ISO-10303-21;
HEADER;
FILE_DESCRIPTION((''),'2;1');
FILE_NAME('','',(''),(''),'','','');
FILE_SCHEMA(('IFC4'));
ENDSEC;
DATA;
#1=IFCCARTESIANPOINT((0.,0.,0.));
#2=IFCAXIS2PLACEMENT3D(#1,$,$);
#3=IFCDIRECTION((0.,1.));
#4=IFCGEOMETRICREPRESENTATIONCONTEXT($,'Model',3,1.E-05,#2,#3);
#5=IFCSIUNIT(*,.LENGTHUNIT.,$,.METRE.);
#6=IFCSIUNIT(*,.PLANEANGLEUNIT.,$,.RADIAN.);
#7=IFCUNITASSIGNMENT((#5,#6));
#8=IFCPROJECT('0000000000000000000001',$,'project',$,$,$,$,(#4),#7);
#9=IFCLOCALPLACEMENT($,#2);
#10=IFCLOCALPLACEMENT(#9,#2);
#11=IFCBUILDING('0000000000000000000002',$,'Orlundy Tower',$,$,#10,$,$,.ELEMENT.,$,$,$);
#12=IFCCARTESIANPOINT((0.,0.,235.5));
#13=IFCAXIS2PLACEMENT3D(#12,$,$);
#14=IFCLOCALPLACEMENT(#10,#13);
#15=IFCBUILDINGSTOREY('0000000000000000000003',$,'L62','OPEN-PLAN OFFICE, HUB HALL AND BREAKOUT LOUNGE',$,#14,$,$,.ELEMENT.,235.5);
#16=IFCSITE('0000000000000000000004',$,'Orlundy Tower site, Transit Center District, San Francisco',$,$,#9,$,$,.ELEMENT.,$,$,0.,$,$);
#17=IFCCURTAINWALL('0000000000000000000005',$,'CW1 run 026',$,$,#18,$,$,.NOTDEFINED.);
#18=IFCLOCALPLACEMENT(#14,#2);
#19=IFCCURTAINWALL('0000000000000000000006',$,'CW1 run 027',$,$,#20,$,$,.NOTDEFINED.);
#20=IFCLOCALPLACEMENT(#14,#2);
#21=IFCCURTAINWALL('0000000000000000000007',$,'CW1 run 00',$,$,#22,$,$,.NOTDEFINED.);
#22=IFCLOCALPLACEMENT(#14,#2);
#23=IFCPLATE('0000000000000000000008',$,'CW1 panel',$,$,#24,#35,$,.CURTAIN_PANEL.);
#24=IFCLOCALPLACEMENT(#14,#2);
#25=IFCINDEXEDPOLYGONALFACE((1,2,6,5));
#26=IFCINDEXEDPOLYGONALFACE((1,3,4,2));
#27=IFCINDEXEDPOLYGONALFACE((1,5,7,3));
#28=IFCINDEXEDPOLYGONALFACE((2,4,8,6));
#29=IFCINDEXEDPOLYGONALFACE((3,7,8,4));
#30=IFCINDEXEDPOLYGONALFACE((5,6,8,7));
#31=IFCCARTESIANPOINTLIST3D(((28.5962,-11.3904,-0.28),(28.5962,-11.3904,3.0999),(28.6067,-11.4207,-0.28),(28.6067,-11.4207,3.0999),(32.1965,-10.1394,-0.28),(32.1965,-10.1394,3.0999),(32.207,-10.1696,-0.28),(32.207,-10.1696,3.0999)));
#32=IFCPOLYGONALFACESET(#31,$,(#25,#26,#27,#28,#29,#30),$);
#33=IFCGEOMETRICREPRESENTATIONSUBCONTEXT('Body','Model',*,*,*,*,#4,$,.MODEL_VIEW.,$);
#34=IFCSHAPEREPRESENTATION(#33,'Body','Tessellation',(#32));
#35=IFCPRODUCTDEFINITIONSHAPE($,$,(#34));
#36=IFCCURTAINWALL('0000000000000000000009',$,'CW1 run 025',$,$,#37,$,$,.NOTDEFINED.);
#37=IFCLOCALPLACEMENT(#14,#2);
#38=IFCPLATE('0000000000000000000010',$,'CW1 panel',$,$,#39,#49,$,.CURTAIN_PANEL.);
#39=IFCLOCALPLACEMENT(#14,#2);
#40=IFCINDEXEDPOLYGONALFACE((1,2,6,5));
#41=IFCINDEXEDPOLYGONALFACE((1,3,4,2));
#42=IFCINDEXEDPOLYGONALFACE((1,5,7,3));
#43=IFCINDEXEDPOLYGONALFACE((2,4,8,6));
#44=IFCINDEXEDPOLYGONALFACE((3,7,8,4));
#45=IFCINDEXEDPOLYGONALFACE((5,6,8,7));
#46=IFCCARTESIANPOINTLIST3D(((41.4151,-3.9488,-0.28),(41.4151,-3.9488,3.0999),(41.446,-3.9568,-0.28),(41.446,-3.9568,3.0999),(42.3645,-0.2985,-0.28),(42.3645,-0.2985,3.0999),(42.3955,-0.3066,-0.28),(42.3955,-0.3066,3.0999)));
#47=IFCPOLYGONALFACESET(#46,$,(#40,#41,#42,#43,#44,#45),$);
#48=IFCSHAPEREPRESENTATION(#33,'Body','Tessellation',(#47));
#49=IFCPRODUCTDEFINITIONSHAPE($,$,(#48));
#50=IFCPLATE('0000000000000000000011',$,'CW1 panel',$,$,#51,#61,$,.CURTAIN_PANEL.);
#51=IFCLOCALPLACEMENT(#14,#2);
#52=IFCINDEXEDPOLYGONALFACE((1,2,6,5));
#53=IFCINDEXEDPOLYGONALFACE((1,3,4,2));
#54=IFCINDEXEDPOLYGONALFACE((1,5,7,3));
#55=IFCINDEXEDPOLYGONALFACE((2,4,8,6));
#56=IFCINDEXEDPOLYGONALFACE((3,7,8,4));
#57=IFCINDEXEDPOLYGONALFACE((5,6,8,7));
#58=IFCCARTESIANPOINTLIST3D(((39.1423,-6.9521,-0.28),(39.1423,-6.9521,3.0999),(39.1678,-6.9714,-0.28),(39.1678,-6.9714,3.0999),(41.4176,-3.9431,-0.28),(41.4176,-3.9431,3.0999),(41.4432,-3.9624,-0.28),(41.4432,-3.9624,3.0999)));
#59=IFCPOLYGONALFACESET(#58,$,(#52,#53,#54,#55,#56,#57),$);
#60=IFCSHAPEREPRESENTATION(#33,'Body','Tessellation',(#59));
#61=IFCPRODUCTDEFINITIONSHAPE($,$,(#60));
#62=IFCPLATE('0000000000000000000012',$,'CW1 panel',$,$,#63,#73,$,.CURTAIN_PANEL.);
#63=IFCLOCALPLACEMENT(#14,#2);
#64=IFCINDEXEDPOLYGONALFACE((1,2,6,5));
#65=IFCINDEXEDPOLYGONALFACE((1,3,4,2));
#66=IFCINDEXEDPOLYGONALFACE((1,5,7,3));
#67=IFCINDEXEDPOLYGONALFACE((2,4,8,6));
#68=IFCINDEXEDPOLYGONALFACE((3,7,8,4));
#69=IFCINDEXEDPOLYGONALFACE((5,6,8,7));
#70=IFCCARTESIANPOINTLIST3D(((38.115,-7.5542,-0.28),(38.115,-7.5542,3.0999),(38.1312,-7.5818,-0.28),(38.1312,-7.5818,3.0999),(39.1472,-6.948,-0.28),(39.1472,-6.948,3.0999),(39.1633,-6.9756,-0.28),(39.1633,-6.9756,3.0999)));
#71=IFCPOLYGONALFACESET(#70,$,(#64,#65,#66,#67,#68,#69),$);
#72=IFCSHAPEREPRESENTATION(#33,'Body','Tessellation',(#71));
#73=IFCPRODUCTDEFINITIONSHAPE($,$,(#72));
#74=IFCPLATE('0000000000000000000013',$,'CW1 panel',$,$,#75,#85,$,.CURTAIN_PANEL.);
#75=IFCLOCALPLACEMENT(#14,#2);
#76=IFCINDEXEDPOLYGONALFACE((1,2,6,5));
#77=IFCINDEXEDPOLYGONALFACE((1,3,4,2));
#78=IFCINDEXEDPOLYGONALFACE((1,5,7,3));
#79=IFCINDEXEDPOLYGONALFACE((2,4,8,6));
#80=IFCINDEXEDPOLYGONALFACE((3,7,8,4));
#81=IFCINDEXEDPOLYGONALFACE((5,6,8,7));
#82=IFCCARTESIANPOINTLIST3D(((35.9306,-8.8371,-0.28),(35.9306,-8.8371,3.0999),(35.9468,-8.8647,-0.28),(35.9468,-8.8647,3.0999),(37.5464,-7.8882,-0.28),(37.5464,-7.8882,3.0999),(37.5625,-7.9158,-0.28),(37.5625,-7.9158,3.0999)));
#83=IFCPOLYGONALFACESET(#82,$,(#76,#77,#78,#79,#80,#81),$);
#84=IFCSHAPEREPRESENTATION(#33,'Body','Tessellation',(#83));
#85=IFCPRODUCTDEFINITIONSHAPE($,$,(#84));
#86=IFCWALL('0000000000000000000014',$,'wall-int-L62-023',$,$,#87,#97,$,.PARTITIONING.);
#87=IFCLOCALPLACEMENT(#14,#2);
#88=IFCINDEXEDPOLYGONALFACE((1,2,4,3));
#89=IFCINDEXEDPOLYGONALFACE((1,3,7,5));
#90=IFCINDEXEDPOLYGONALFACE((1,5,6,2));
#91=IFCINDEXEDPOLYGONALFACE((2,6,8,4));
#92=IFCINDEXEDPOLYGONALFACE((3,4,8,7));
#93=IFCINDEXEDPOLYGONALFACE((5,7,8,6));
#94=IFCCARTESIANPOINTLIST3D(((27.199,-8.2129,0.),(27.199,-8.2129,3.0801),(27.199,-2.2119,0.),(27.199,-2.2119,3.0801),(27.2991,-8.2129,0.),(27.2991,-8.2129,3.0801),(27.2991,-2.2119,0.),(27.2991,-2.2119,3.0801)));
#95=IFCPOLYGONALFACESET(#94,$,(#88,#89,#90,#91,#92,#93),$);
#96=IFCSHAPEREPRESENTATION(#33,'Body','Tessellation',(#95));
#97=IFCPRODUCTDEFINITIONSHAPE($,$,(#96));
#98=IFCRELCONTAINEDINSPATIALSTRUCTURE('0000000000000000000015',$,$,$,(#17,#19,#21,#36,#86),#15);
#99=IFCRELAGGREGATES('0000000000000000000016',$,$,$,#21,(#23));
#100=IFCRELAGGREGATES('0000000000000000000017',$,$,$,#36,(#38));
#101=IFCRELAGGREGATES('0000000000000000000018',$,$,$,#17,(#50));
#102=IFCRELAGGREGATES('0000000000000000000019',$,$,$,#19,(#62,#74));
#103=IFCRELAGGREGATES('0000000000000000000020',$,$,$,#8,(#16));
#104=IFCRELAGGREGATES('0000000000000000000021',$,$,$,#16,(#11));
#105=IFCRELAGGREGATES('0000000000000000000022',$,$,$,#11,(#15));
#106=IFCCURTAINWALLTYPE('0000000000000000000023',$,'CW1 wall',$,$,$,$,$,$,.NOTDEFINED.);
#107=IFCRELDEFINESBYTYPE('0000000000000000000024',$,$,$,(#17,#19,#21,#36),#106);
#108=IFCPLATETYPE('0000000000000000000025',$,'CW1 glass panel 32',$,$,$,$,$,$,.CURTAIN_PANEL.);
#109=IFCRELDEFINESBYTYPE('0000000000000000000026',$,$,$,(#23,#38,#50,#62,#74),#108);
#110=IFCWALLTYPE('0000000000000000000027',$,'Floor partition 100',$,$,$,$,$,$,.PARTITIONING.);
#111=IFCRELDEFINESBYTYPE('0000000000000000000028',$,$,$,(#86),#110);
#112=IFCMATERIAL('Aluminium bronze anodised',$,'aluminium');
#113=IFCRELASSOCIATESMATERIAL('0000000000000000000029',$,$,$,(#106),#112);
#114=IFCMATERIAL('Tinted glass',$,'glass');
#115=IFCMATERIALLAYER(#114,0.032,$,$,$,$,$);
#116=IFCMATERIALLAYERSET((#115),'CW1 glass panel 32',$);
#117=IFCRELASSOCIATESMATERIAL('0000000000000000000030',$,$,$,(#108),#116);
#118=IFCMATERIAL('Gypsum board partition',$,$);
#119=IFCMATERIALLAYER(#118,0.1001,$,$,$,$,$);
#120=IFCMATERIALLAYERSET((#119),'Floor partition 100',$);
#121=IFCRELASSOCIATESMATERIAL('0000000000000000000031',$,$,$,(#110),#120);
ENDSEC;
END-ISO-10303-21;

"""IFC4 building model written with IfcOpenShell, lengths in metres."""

from ifc_helpers import new_model, si_unit, direction, frame, frame_2d, origin, origin_2d, place, context, subcontext, project, spatial, rectangle, extrude, material, layer, layer_set, type_object, element, aggregate, save


model = new_model("IFC4")

# Units and contexts
model_context = context("Model", 3, precision=1e-05, world=origin(), true_north=direction((0.0, 1.0)))
body_context = subcontext(model_context, "Body", "Model", "MODEL_VIEW")
ifc_project = project(units=[si_unit("LENGTHUNIT", "METRE"), si_unit("PLANEANGLEUNIT", "RADIAN")], contexts=[model_context])

# Site, building, storey
site_placement = place(None, origin())
site = spatial("IfcSite", under=ifc_project, at=site_placement, Name="Orlundy Tower site, Transit Center District, San Francisco", CompositionType="ELEMENT", RefElevation=0.0)
building_placement = place(site_placement, origin())
building = spatial("IfcBuilding", under=site, at=building_placement, Name="Orlundy Tower", CompositionType="ELEMENT")
storey_placement = place(building_placement, frame((0.0, 0.0, 235.5)))
storey = spatial("IfcBuildingStorey", under=building, at=storey_placement, Name="L62", Description="OPEN-PLAN OFFICE, HUB HALL AND BREAKOUT LOUNGE", CompositionType="ELEMENT", Elevation=235.5)

# Curtain walls
ifc_material_1 = material(Name="Aluminium bronze anodised", Category="aluminium")
curtain_wall_type = type_object("IfcCurtainWallType", Name="CW1 wall", PredefinedType="NOTDEFINED", material=ifc_material_1)
curtain_wall_1_placement = place(storey_placement, origin())
curtain_wall_1 = element("IfcCurtainWall", 1, at=curtain_wall_1_placement, inside=storey, type_object=curtain_wall_type, Name="CW1 run 026", PredefinedType="NOTDEFINED")
curtain_wall_2_placement = place(storey_placement, origin())
curtain_wall_2 = element("IfcCurtainWall", 2, at=curtain_wall_2_placement, inside=storey, type_object=curtain_wall_type, Name="CW1 run 027", PredefinedType="NOTDEFINED")

# Curtain wall
curtain_wall_3_placement = place(storey_placement, origin())
curtain_wall_3 = element("IfcCurtainWall", 3, at=curtain_wall_3_placement, inside=storey, type_object=curtain_wall_type, Name="CW1 run 00", PredefinedType="NOTDEFINED")

# Plate
ifc_material_2 = material(Name="Tinted glass", Category="glass")
ifc_layer_1 = layer(ifc_material_2, 0.032)
ifc_layer_set_1 = layer_set([ifc_layer_1], Name="CW1 glass panel 32")
plate_type = type_object("IfcPlateType", Name="CW1 glass panel 32", PredefinedType="CURTAIN_PANEL", material=ifc_layer_set_1)
plate_1_placement = place(storey_placement, frame((30.4016, -10.78, -0.28), z_axis=(0.0, 0.0, 1.0), x_axis=(-0.944599, -0.328227, 0.0)))
plate_1 = element("IfcPlate", 4, at=plate_1_placement, type_object=plate_type, Name="CW1 panel", PredefinedType="CURTAIN_PANEL", context=body_context, shape_type="SweptSolid", body=[
    extrude(rectangle(XDim=3.8115, YDim=0.032, at=origin_2d()), origin(), (0.0, 0.0, 1.0), 3.3799),
])
aggregate(curtain_wall_3, [plate_1])

# Curtain wall, plate
curtain_wall_4_placement = place(storey_placement, origin())
curtain_wall_4 = element("IfcCurtainWall", 5, at=curtain_wall_4_placement, inside=storey, type_object=curtain_wall_type, Name="CW1 run 025", PredefinedType="NOTDEFINED")
plate_2_placement = place(storey_placement, frame((41.9053, -2.1277, -0.28), z_axis=(0.0, 0.0, 1.0), x_axis=(-0.25173, -0.967798, 0.0)))
plate_2 = element("IfcPlate", 6, at=plate_2_placement, type_object=plate_type, Name="CW1 panel", PredefinedType="CURTAIN_PANEL", context=body_context, shape_type="SweptSolid", body=[
    extrude(rectangle(XDim=3.7717, YDim=0.032, at=origin_2d()), origin(), (0.0, 0.0, 1.0), 3.3799),
])
aggregate(curtain_wall_4, [plate_2])

# Plates
plate_3_placement = place(storey_placement, frame((40.2927, -5.4573, -0.28), z_axis=(0.0, 0.0, 1.0), x_axis=(-0.603146, -0.797631, 0.0)))
plate_3 = element("IfcPlate", 7, at=plate_3_placement, type_object=plate_type, Name="CW1 panel", PredefinedType="CURTAIN_PANEL", context=body_context, shape_type="SweptSolid", body=[
    extrude(rectangle(XDim=3.7725, YDim=0.032, at=origin_2d()), origin(), (0.0, 0.0, 1.0), 3.3799),
])
aggregate(curtain_wall_1, [plate_3])
plate_4_placement = place(storey_placement, frame((38.6392, -7.2649, -0.28), z_axis=(0.0, 0.0, 1.0), x_axis=(-0.862288, -0.506419, 0.0)))
plate_4 = element("IfcPlate", 8, at=plate_4_placement, type_object=plate_type, Name="CW1 panel", PredefinedType="CURTAIN_PANEL", context=body_context, shape_type="SweptSolid", body=[
    extrude(rectangle(XDim=1.197, YDim=0.032, at=origin_2d()), origin(), (0.0, 0.0, 1.0), 3.3799),
])
plate_5_placement = place(storey_placement, frame((36.7466, -8.3765, -0.28), z_axis=(0.0, 0.0, 1.0), x_axis=(-0.862288, -0.506419, 0.0)))
plate_5 = element("IfcPlate", 9, at=plate_5_placement, type_object=plate_type, Name="CW1 panel", PredefinedType="CURTAIN_PANEL", context=body_context, shape_type="SweptSolid", body=[
    extrude(rectangle(XDim=1.8738, YDim=0.032, at=origin_2d()), origin(), (0.0, 0.0, 1.0), 3.3799),
])
aggregate(curtain_wall_2, [plate_4, plate_5])

# Wall
ifc_material_3 = material(Name="Gypsum board partition")
ifc_layer_2 = layer(ifc_material_3, 0.1001)
ifc_layer_set_2 = layer_set([ifc_layer_2], Name="Floor partition 100")
wall_type = type_object("IfcWallType", Name="Floor partition 100", PredefinedType="PARTITIONING", material=ifc_layer_set_2)
wall_placement = place(storey_placement, frame((27.249, -8.2129, 0.0), z_axis=(0.0, 0.0, 1.0), x_axis=(0.0, 1.0, 0.0)))
element("IfcWall", 10, at=wall_placement, inside=storey, type_object=wall_type, Name="wall-int-L62-023", PredefinedType="PARTITIONING", context=body_context, shape_type="SweptSolid", body=[
    extrude(rectangle(XDim=6.001, YDim=0.1001, at=frame_2d((3.0005, 0.0))), origin(), (0.0, 0.0, 1.0), 3.0801),
])

save(model, "model.ifc")
